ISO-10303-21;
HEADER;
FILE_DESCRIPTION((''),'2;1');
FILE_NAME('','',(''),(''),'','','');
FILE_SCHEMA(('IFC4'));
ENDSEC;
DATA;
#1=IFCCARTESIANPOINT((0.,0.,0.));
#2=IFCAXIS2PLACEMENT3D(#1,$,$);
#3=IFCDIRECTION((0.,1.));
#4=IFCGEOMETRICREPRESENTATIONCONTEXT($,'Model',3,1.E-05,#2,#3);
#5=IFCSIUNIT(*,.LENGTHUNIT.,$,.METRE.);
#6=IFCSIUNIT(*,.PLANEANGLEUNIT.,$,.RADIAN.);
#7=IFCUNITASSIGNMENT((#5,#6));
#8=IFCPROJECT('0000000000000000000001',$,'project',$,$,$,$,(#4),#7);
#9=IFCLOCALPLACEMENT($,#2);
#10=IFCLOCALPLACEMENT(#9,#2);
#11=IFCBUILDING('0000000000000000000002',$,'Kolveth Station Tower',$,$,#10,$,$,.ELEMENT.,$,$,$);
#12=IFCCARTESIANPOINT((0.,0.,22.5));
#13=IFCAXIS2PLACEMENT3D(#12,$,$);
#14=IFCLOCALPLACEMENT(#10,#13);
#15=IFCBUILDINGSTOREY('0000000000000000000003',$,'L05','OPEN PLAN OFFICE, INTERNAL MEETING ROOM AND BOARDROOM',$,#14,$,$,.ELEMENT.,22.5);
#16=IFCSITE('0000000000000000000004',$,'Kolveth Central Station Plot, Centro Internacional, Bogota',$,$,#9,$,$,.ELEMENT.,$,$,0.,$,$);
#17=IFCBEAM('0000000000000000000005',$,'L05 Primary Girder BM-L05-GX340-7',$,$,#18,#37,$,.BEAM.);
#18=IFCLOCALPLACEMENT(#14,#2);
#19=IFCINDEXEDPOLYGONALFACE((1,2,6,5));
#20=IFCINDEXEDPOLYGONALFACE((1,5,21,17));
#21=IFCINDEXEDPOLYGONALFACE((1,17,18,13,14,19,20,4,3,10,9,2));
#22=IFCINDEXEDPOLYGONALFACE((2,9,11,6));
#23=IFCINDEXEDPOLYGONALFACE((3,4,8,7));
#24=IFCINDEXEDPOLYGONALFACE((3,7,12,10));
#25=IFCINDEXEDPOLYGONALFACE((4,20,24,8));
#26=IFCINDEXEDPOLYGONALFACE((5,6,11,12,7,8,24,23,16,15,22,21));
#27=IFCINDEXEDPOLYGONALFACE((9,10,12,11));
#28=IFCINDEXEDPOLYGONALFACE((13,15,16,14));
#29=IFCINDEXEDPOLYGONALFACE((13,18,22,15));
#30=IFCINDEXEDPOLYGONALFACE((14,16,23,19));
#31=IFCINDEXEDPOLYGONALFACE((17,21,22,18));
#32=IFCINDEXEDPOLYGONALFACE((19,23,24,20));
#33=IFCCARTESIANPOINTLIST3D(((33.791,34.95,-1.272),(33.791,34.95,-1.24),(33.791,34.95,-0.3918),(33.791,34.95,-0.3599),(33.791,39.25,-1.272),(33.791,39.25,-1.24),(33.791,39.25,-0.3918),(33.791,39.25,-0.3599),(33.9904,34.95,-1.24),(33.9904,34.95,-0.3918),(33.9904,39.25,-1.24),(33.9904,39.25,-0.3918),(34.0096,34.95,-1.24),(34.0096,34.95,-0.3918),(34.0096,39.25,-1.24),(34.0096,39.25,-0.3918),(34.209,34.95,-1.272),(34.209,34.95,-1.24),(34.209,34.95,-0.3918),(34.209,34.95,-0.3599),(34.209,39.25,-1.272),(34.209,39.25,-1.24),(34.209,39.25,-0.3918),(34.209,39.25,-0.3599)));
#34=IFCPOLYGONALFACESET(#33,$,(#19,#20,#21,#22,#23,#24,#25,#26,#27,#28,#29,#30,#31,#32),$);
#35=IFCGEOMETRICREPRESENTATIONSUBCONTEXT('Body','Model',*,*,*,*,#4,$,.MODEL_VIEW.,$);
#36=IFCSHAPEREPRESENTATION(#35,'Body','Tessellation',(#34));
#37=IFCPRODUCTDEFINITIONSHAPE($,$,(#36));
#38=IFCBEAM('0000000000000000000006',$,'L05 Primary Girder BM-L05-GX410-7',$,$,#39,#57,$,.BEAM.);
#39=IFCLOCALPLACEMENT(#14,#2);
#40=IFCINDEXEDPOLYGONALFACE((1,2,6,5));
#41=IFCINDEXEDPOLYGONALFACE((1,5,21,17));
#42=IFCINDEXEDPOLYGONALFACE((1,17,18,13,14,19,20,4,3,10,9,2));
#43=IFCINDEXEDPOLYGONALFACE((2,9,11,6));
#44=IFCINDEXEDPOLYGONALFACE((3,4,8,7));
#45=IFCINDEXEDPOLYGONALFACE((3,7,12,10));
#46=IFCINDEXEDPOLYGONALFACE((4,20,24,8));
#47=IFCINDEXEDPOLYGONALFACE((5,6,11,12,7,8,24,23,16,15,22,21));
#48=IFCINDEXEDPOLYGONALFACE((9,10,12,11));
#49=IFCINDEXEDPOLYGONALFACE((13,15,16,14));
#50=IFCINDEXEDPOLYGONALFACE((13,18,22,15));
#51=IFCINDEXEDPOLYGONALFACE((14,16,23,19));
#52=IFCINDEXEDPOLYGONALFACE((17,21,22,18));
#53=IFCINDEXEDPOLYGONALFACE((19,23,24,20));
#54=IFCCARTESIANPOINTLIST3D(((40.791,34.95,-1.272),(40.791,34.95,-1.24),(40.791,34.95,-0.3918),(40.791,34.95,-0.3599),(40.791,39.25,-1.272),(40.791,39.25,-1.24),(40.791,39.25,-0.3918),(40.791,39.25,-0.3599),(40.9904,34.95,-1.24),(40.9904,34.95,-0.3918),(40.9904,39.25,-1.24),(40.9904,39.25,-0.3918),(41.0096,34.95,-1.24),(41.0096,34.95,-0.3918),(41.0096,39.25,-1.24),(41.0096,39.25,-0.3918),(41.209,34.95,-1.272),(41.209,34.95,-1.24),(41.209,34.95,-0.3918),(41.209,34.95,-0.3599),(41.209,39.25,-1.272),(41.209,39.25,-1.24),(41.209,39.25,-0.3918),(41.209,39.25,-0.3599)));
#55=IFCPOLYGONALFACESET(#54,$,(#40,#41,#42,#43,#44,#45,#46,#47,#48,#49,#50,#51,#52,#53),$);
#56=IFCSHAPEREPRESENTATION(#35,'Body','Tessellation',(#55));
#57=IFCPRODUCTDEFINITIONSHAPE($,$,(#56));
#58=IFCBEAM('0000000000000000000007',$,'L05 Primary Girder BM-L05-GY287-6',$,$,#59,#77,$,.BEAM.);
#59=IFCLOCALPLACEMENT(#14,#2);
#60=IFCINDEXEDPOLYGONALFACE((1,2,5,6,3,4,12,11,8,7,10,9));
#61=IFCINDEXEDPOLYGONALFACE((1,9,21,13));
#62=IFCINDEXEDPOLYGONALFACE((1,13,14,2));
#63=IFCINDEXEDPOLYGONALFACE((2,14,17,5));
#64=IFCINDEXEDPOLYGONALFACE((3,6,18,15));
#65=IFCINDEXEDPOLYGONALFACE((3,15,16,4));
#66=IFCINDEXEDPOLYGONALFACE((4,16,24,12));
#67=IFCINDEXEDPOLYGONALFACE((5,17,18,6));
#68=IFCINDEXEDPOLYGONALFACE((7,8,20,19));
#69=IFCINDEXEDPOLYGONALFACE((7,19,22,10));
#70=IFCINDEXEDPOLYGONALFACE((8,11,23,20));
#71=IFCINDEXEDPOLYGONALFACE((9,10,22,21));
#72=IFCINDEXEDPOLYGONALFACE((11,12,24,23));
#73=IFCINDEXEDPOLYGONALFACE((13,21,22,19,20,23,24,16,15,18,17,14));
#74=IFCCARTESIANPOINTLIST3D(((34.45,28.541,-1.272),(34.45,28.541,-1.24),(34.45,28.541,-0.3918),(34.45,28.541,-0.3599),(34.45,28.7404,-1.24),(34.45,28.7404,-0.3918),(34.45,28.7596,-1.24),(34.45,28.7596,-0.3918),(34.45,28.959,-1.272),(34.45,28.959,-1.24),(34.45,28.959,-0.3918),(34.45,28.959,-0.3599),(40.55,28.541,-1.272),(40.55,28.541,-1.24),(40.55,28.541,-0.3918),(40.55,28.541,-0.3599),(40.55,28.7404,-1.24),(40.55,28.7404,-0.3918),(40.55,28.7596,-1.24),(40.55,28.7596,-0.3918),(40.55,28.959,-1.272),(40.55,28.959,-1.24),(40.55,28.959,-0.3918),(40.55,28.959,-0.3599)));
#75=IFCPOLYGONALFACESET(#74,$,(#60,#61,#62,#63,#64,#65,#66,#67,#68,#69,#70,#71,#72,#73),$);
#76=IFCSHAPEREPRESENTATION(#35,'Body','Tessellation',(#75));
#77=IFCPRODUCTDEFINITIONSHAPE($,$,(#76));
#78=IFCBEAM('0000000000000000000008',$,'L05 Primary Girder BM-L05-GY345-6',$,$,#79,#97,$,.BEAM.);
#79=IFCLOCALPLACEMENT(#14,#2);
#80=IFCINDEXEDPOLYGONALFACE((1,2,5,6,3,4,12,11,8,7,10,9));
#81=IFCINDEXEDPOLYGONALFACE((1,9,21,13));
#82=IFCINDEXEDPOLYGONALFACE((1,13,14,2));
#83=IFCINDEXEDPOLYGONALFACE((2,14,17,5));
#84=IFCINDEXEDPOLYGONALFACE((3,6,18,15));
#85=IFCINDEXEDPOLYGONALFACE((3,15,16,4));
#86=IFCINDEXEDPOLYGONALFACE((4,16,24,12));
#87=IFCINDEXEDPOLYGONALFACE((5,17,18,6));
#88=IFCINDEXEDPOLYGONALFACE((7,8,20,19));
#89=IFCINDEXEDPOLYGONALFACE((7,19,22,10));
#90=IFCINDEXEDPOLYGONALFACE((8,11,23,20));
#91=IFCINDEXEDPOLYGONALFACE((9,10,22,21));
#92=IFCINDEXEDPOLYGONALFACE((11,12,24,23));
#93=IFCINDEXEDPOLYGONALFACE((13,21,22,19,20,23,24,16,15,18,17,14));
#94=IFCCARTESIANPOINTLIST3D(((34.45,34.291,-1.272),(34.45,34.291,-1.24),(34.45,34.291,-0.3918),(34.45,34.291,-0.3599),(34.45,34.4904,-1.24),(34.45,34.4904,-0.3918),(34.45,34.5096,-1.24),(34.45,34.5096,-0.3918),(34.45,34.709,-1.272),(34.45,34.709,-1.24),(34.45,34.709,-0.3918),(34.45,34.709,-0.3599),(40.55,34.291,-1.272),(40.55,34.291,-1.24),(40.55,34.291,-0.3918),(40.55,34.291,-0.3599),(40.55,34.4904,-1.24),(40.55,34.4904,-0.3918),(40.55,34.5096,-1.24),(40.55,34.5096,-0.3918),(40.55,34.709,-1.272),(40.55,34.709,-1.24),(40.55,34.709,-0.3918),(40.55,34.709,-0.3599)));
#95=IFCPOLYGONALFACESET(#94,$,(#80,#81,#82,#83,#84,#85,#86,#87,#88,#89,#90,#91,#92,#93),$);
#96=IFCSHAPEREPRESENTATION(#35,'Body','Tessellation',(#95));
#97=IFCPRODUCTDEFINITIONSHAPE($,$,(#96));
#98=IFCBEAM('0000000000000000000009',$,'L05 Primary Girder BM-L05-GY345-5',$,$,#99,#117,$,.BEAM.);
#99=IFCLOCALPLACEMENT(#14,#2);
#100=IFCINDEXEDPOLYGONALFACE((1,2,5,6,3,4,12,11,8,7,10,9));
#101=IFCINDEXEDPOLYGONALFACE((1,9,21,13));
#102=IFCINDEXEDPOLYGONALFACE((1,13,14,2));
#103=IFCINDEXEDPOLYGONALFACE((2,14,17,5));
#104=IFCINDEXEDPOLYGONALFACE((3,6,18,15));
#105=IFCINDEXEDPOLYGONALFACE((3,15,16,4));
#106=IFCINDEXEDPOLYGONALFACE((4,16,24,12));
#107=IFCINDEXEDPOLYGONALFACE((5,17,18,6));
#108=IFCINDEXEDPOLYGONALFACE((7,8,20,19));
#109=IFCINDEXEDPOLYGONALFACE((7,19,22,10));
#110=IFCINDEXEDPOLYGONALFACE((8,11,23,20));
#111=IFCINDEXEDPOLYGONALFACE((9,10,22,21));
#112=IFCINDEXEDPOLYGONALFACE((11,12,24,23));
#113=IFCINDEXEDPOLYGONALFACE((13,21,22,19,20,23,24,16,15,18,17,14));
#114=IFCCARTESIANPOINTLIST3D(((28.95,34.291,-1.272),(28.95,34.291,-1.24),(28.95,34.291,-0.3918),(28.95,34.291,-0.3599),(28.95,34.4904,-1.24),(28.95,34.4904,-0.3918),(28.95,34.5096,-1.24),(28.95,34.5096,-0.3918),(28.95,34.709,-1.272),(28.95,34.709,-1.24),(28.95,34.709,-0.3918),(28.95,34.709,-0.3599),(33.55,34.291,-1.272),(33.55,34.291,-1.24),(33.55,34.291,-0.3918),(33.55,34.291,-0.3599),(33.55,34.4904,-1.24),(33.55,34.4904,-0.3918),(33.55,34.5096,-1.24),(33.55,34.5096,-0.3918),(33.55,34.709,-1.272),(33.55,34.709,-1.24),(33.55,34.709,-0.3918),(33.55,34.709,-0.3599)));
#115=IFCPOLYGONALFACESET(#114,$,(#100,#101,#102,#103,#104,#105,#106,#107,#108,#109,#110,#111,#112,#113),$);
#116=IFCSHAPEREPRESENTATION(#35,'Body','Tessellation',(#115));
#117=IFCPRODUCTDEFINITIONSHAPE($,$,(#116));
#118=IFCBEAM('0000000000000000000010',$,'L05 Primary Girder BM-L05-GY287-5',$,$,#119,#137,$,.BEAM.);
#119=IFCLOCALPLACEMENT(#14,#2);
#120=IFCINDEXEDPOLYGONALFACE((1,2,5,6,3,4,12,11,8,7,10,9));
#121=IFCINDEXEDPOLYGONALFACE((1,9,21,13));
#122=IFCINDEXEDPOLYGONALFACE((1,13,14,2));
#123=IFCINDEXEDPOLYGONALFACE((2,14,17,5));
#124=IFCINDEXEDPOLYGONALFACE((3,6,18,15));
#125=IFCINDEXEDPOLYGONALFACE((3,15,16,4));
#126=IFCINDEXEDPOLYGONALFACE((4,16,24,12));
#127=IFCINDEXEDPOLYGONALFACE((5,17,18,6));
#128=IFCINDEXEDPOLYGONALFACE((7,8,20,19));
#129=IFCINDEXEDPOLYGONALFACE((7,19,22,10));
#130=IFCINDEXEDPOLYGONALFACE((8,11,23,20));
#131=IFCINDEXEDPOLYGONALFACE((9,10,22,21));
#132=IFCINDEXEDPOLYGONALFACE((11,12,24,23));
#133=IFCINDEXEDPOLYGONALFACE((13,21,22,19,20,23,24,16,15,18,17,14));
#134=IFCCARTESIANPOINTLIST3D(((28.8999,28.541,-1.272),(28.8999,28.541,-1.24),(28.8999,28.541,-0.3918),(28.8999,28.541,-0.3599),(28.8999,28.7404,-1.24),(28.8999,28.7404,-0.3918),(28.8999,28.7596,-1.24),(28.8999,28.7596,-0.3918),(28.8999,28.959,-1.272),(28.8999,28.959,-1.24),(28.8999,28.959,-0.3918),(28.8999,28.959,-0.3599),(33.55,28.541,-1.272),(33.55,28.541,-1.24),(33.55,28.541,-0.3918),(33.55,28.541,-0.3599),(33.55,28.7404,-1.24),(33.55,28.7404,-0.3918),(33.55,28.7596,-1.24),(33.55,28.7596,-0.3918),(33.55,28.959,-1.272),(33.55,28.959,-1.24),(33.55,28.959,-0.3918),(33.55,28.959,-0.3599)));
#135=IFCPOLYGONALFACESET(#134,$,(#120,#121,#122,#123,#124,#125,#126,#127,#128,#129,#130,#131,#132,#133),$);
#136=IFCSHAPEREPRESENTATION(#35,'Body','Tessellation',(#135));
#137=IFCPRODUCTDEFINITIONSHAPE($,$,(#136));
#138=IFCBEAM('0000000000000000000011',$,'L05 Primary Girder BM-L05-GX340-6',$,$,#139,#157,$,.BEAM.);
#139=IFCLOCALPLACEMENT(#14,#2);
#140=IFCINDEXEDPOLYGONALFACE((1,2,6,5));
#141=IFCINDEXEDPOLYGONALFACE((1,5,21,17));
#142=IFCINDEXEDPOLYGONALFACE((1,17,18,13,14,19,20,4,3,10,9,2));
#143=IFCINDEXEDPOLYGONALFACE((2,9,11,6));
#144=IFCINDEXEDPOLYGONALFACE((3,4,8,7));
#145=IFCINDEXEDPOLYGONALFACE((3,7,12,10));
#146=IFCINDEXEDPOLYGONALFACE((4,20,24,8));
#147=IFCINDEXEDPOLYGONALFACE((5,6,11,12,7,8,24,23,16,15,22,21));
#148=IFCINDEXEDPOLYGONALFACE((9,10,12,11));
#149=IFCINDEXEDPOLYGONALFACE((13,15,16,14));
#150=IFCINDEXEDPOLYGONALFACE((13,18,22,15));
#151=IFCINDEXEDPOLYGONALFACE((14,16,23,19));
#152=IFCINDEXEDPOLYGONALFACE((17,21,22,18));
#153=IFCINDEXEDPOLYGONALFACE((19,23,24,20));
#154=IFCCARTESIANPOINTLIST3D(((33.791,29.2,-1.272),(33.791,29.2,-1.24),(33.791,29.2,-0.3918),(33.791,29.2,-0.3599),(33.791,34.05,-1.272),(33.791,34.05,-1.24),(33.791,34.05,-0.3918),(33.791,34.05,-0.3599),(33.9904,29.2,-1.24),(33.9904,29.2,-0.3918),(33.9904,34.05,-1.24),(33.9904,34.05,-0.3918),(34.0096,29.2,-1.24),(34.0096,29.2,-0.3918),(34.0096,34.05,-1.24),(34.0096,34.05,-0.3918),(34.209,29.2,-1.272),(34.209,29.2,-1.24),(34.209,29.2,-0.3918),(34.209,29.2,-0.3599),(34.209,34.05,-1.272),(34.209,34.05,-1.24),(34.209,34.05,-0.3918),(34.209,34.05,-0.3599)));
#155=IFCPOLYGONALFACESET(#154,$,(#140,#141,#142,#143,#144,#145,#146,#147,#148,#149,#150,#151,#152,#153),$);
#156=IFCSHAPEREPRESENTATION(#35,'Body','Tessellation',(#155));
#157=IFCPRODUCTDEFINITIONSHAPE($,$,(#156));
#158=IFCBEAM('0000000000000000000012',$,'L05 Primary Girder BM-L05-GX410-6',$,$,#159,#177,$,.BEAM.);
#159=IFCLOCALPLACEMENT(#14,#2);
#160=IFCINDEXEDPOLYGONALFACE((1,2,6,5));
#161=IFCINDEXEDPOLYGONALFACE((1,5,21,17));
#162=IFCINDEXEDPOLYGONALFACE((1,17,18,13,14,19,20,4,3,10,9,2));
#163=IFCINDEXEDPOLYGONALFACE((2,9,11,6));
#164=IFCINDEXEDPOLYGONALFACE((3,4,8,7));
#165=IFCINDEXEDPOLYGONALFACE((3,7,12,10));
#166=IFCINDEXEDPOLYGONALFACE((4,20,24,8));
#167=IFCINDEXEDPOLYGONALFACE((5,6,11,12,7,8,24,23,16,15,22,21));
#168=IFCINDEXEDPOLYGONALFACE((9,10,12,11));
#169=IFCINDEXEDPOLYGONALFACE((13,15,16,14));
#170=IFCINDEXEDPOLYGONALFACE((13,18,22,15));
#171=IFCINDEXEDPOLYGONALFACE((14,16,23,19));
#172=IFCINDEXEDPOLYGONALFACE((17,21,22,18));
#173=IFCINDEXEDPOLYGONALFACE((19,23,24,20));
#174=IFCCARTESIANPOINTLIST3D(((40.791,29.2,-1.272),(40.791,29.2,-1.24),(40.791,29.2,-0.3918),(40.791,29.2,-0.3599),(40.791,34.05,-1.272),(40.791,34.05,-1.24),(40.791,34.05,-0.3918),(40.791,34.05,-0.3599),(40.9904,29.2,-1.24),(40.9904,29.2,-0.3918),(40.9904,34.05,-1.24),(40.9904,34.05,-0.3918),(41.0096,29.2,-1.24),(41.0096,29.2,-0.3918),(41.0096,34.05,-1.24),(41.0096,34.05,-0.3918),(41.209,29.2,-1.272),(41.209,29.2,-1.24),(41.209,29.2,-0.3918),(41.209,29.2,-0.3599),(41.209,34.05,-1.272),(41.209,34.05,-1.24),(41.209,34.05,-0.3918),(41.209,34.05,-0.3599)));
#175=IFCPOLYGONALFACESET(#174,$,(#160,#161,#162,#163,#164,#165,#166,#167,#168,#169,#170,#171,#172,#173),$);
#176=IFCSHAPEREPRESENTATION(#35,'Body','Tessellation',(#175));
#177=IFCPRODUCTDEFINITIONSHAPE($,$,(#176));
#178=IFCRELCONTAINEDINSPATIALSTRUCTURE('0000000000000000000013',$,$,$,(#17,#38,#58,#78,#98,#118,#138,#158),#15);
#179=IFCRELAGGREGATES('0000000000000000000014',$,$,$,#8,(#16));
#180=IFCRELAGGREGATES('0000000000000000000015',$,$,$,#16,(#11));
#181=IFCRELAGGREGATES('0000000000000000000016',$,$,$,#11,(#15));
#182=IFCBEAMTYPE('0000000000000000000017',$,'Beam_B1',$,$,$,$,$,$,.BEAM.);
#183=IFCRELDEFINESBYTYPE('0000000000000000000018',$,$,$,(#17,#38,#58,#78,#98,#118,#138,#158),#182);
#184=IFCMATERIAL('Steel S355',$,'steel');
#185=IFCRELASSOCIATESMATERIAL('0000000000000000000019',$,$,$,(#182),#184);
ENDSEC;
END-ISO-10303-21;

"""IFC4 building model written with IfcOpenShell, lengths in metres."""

from ifc_helpers import new_model, si_unit, direction, frame, origin, origin_2d, place, context, subcontext, project, spatial, i_section, extrude, source, transform, mapped, material, material_profile, profile_set, type_object, element, save


model = new_model("IFC4")

# Units and contexts
model_context = context("Model", 3, precision=1e-05, world=origin(), true_north=direction((0.0, 1.0)))
body_context = subcontext(model_context, "Body", "Model", "MODEL_VIEW")
ifc_project = project(units=[si_unit("LENGTHUNIT", "METRE"), si_unit("PLANEANGLEUNIT", "RADIAN")], contexts=[model_context])

# Site, building, storey
site_placement = place(None, origin())
site = spatial("IfcSite", under=ifc_project, at=site_placement, Name="Kolveth Central Station Plot, Centro Internacional, Bogota", CompositionType="ELEMENT", RefElevation=0.0)
building_placement = place(site_placement, origin())
building = spatial("IfcBuilding", under=site, at=building_placement, Name="Kolveth Station Tower", CompositionType="ELEMENT")
storey_placement = place(building_placement, frame((0.0, 0.0, 22.5)))
storey = spatial("IfcBuildingStorey", under=building, at=storey_placement, Name="L05", Description="OPEN PLAN OFFICE, INTERNAL MEETING ROOM AND BOARDROOM", CompositionType="ELEMENT", Elevation=22.5)

# Shared definitions
ifc_material_1 = material(Name="Steel S355", Category="steel")

# Beams
ifc_material_profile_1 = material_profile(ifc_material_1, i_section(OverallWidth=0.418, OverallDepth=0.9121, WebThickness=0.0193, FlangeThickness=0.032, at=origin_2d()), Name="W920x342")
ifc_profile_set_1 = profile_set([ifc_material_profile_1], Name="Steel S355")
beam_type_1 = type_object("IfcBeamType", Name="Beam_B1", PredefinedType="BEAM", material=ifc_profile_set_1)
shared_shape_1 = source(origin(), body_context, "Body", "SweptSolid", [
    extrude(i_section(OverallWidth=0.418, OverallDepth=0.9121, WebThickness=0.0193, FlangeThickness=0.032, at=origin_2d()), origin(), (0.0, 0.0, 1.0), 4.3),
])
for number, where, z_axis, x_axis, name in (
    (1, (34.0, 34.95, -0.8159), (0.0, 1.0, 0.0), (-1.0, 0.0, 0.0), "L05 Primary Girder BM-L05-GX340-7"),
    (2, (41.0, 34.95, -0.8159), (0.0, 1.0, 0.0), (-1.0, 0.0, 0.0), "L05 Primary Girder BM-L05-GX410-7"),
):
    element("IfcBeam", number, at=place(storey_placement, frame(where, z_axis=z_axis, x_axis=x_axis)), inside=storey, type_object=beam_type_1, Name=name, PredefinedType="BEAM", context=body_context, shape_type="MappedRepresentation", body=[
        mapped(shared_shape_1, transform((0.0, 0.0, 0.0), x_axis=(1.0, 0.0, 0.0), y_axis=(0.0, 1.0, 0.0), z_axis=(0.0, 0.0, 1.0), scale=1.0)),
    ])
shared_shape_2 = source(origin(), body_context, "Body", "SweptSolid", [
    extrude(i_section(OverallWidth=0.418, OverallDepth=0.9121, WebThickness=0.0193, FlangeThickness=0.032, at=origin_2d()), origin(), (0.0, 0.0, 1.0), 6.1001),
])
for number, where, z_axis, x_axis, name in (
    (3, (34.45, 28.75, -0.8159), (1.0, 0.0, 0.0), (0.0, 1.0, 0.0), "L05 Primary Girder BM-L05-GY287-6"),
    (4, (34.45, 34.5, -0.8159), (1.0, 0.0, 0.0), (0.0, 1.0, 0.0), "L05 Primary Girder BM-L05-GY345-6"),
):
    element("IfcBeam", number, at=place(storey_placement, frame(where, z_axis=z_axis, x_axis=x_axis)), inside=storey, type_object=beam_type_1, Name=name, PredefinedType="BEAM", context=body_context, shape_type="MappedRepresentation", body=[
        mapped(shared_shape_2, transform((0.0, 0.0, 0.0), x_axis=(1.0, 0.0, 0.0), y_axis=(0.0, 1.0, 0.0), z_axis=(0.0, 0.0, 1.0), scale=1.0)),
    ])
shared_shape_3 = source(origin(), body_context, "Body", "SweptSolid", [
    extrude(i_section(OverallWidth=0.418, OverallDepth=0.9121, WebThickness=0.0193, FlangeThickness=0.032, at=origin_2d()), origin(), (0.0, 0.0, 1.0), 4.6001),
])
beam_1_placement = place(storey_placement, frame((28.95, 34.5, -0.8159), z_axis=(1.0, 0.0, 0.0), x_axis=(0.0, 1.0, 0.0)))
element("IfcBeam", 5, at=beam_1_placement, inside=storey, type_object=beam_type_1, Name="L05 Primary Girder BM-L05-GY345-5", PredefinedType="BEAM", context=body_context, shape_type="MappedRepresentation", body=[
    mapped(shared_shape_3, transform((0.0, 0.0, 0.0), x_axis=(1.0, 0.0, 0.0), y_axis=(0.0, 1.0, 0.0), z_axis=(0.0, 0.0, 1.0), scale=1.0)),
])
shared_shape_4 = source(origin(), body_context, "Body", "SweptSolid", [
    extrude(i_section(OverallWidth=0.418, OverallDepth=0.9121, WebThickness=0.0193, FlangeThickness=0.032, at=origin_2d()), origin(), (0.0, 0.0, 1.0), 4.6501),
])
beam_2_placement = place(storey_placement, frame((28.8999, 28.75, -0.8159), z_axis=(1.0, 0.0, 0.0), x_axis=(0.0, 1.0, 0.0)))
element("IfcBeam", 6, at=beam_2_placement, inside=storey, type_object=beam_type_1, Name="L05 Primary Girder BM-L05-GY287-5", PredefinedType="BEAM", context=body_context, shape_type="MappedRepresentation", body=[
    mapped(shared_shape_4, transform((0.0, 0.0, 0.0), x_axis=(1.0, 0.0, 0.0), y_axis=(0.0, 1.0, 0.0), z_axis=(0.0, 0.0, 1.0), scale=1.0)),
])
shared_shape_5 = source(origin(), body_context, "Body", "SweptSolid", [
    extrude(i_section(OverallWidth=0.418, OverallDepth=0.9121, WebThickness=0.0193, FlangeThickness=0.032, at=origin_2d()), origin(), (0.0, 0.0, 1.0), 4.8501),
])
for number, where, z_axis, x_axis, name in (
    (7, (34.0, 29.2, -0.8159), (0.0, 1.0, 0.0), (-1.0, 0.0, 0.0), "L05 Primary Girder BM-L05-GX340-6"),
    (8, (41.0, 29.2, -0.8159), (0.0, 1.0, 0.0), (-1.0, 0.0, 0.0), "L05 Primary Girder BM-L05-GX410-6"),
):
    element("IfcBeam", number, at=place(storey_placement, frame(where, z_axis=z_axis, x_axis=x_axis)), inside=storey, type_object=beam_type_1, Name=name, PredefinedType="BEAM", context=body_context, shape_type="MappedRepresentation", body=[
        mapped(shared_shape_5, transform((0.0, 0.0, 0.0), x_axis=(1.0, 0.0, 0.0), y_axis=(0.0, 1.0, 0.0), z_axis=(0.0, 0.0, 1.0), scale=1.0)),
    ])

save(model, "model.ifc")
